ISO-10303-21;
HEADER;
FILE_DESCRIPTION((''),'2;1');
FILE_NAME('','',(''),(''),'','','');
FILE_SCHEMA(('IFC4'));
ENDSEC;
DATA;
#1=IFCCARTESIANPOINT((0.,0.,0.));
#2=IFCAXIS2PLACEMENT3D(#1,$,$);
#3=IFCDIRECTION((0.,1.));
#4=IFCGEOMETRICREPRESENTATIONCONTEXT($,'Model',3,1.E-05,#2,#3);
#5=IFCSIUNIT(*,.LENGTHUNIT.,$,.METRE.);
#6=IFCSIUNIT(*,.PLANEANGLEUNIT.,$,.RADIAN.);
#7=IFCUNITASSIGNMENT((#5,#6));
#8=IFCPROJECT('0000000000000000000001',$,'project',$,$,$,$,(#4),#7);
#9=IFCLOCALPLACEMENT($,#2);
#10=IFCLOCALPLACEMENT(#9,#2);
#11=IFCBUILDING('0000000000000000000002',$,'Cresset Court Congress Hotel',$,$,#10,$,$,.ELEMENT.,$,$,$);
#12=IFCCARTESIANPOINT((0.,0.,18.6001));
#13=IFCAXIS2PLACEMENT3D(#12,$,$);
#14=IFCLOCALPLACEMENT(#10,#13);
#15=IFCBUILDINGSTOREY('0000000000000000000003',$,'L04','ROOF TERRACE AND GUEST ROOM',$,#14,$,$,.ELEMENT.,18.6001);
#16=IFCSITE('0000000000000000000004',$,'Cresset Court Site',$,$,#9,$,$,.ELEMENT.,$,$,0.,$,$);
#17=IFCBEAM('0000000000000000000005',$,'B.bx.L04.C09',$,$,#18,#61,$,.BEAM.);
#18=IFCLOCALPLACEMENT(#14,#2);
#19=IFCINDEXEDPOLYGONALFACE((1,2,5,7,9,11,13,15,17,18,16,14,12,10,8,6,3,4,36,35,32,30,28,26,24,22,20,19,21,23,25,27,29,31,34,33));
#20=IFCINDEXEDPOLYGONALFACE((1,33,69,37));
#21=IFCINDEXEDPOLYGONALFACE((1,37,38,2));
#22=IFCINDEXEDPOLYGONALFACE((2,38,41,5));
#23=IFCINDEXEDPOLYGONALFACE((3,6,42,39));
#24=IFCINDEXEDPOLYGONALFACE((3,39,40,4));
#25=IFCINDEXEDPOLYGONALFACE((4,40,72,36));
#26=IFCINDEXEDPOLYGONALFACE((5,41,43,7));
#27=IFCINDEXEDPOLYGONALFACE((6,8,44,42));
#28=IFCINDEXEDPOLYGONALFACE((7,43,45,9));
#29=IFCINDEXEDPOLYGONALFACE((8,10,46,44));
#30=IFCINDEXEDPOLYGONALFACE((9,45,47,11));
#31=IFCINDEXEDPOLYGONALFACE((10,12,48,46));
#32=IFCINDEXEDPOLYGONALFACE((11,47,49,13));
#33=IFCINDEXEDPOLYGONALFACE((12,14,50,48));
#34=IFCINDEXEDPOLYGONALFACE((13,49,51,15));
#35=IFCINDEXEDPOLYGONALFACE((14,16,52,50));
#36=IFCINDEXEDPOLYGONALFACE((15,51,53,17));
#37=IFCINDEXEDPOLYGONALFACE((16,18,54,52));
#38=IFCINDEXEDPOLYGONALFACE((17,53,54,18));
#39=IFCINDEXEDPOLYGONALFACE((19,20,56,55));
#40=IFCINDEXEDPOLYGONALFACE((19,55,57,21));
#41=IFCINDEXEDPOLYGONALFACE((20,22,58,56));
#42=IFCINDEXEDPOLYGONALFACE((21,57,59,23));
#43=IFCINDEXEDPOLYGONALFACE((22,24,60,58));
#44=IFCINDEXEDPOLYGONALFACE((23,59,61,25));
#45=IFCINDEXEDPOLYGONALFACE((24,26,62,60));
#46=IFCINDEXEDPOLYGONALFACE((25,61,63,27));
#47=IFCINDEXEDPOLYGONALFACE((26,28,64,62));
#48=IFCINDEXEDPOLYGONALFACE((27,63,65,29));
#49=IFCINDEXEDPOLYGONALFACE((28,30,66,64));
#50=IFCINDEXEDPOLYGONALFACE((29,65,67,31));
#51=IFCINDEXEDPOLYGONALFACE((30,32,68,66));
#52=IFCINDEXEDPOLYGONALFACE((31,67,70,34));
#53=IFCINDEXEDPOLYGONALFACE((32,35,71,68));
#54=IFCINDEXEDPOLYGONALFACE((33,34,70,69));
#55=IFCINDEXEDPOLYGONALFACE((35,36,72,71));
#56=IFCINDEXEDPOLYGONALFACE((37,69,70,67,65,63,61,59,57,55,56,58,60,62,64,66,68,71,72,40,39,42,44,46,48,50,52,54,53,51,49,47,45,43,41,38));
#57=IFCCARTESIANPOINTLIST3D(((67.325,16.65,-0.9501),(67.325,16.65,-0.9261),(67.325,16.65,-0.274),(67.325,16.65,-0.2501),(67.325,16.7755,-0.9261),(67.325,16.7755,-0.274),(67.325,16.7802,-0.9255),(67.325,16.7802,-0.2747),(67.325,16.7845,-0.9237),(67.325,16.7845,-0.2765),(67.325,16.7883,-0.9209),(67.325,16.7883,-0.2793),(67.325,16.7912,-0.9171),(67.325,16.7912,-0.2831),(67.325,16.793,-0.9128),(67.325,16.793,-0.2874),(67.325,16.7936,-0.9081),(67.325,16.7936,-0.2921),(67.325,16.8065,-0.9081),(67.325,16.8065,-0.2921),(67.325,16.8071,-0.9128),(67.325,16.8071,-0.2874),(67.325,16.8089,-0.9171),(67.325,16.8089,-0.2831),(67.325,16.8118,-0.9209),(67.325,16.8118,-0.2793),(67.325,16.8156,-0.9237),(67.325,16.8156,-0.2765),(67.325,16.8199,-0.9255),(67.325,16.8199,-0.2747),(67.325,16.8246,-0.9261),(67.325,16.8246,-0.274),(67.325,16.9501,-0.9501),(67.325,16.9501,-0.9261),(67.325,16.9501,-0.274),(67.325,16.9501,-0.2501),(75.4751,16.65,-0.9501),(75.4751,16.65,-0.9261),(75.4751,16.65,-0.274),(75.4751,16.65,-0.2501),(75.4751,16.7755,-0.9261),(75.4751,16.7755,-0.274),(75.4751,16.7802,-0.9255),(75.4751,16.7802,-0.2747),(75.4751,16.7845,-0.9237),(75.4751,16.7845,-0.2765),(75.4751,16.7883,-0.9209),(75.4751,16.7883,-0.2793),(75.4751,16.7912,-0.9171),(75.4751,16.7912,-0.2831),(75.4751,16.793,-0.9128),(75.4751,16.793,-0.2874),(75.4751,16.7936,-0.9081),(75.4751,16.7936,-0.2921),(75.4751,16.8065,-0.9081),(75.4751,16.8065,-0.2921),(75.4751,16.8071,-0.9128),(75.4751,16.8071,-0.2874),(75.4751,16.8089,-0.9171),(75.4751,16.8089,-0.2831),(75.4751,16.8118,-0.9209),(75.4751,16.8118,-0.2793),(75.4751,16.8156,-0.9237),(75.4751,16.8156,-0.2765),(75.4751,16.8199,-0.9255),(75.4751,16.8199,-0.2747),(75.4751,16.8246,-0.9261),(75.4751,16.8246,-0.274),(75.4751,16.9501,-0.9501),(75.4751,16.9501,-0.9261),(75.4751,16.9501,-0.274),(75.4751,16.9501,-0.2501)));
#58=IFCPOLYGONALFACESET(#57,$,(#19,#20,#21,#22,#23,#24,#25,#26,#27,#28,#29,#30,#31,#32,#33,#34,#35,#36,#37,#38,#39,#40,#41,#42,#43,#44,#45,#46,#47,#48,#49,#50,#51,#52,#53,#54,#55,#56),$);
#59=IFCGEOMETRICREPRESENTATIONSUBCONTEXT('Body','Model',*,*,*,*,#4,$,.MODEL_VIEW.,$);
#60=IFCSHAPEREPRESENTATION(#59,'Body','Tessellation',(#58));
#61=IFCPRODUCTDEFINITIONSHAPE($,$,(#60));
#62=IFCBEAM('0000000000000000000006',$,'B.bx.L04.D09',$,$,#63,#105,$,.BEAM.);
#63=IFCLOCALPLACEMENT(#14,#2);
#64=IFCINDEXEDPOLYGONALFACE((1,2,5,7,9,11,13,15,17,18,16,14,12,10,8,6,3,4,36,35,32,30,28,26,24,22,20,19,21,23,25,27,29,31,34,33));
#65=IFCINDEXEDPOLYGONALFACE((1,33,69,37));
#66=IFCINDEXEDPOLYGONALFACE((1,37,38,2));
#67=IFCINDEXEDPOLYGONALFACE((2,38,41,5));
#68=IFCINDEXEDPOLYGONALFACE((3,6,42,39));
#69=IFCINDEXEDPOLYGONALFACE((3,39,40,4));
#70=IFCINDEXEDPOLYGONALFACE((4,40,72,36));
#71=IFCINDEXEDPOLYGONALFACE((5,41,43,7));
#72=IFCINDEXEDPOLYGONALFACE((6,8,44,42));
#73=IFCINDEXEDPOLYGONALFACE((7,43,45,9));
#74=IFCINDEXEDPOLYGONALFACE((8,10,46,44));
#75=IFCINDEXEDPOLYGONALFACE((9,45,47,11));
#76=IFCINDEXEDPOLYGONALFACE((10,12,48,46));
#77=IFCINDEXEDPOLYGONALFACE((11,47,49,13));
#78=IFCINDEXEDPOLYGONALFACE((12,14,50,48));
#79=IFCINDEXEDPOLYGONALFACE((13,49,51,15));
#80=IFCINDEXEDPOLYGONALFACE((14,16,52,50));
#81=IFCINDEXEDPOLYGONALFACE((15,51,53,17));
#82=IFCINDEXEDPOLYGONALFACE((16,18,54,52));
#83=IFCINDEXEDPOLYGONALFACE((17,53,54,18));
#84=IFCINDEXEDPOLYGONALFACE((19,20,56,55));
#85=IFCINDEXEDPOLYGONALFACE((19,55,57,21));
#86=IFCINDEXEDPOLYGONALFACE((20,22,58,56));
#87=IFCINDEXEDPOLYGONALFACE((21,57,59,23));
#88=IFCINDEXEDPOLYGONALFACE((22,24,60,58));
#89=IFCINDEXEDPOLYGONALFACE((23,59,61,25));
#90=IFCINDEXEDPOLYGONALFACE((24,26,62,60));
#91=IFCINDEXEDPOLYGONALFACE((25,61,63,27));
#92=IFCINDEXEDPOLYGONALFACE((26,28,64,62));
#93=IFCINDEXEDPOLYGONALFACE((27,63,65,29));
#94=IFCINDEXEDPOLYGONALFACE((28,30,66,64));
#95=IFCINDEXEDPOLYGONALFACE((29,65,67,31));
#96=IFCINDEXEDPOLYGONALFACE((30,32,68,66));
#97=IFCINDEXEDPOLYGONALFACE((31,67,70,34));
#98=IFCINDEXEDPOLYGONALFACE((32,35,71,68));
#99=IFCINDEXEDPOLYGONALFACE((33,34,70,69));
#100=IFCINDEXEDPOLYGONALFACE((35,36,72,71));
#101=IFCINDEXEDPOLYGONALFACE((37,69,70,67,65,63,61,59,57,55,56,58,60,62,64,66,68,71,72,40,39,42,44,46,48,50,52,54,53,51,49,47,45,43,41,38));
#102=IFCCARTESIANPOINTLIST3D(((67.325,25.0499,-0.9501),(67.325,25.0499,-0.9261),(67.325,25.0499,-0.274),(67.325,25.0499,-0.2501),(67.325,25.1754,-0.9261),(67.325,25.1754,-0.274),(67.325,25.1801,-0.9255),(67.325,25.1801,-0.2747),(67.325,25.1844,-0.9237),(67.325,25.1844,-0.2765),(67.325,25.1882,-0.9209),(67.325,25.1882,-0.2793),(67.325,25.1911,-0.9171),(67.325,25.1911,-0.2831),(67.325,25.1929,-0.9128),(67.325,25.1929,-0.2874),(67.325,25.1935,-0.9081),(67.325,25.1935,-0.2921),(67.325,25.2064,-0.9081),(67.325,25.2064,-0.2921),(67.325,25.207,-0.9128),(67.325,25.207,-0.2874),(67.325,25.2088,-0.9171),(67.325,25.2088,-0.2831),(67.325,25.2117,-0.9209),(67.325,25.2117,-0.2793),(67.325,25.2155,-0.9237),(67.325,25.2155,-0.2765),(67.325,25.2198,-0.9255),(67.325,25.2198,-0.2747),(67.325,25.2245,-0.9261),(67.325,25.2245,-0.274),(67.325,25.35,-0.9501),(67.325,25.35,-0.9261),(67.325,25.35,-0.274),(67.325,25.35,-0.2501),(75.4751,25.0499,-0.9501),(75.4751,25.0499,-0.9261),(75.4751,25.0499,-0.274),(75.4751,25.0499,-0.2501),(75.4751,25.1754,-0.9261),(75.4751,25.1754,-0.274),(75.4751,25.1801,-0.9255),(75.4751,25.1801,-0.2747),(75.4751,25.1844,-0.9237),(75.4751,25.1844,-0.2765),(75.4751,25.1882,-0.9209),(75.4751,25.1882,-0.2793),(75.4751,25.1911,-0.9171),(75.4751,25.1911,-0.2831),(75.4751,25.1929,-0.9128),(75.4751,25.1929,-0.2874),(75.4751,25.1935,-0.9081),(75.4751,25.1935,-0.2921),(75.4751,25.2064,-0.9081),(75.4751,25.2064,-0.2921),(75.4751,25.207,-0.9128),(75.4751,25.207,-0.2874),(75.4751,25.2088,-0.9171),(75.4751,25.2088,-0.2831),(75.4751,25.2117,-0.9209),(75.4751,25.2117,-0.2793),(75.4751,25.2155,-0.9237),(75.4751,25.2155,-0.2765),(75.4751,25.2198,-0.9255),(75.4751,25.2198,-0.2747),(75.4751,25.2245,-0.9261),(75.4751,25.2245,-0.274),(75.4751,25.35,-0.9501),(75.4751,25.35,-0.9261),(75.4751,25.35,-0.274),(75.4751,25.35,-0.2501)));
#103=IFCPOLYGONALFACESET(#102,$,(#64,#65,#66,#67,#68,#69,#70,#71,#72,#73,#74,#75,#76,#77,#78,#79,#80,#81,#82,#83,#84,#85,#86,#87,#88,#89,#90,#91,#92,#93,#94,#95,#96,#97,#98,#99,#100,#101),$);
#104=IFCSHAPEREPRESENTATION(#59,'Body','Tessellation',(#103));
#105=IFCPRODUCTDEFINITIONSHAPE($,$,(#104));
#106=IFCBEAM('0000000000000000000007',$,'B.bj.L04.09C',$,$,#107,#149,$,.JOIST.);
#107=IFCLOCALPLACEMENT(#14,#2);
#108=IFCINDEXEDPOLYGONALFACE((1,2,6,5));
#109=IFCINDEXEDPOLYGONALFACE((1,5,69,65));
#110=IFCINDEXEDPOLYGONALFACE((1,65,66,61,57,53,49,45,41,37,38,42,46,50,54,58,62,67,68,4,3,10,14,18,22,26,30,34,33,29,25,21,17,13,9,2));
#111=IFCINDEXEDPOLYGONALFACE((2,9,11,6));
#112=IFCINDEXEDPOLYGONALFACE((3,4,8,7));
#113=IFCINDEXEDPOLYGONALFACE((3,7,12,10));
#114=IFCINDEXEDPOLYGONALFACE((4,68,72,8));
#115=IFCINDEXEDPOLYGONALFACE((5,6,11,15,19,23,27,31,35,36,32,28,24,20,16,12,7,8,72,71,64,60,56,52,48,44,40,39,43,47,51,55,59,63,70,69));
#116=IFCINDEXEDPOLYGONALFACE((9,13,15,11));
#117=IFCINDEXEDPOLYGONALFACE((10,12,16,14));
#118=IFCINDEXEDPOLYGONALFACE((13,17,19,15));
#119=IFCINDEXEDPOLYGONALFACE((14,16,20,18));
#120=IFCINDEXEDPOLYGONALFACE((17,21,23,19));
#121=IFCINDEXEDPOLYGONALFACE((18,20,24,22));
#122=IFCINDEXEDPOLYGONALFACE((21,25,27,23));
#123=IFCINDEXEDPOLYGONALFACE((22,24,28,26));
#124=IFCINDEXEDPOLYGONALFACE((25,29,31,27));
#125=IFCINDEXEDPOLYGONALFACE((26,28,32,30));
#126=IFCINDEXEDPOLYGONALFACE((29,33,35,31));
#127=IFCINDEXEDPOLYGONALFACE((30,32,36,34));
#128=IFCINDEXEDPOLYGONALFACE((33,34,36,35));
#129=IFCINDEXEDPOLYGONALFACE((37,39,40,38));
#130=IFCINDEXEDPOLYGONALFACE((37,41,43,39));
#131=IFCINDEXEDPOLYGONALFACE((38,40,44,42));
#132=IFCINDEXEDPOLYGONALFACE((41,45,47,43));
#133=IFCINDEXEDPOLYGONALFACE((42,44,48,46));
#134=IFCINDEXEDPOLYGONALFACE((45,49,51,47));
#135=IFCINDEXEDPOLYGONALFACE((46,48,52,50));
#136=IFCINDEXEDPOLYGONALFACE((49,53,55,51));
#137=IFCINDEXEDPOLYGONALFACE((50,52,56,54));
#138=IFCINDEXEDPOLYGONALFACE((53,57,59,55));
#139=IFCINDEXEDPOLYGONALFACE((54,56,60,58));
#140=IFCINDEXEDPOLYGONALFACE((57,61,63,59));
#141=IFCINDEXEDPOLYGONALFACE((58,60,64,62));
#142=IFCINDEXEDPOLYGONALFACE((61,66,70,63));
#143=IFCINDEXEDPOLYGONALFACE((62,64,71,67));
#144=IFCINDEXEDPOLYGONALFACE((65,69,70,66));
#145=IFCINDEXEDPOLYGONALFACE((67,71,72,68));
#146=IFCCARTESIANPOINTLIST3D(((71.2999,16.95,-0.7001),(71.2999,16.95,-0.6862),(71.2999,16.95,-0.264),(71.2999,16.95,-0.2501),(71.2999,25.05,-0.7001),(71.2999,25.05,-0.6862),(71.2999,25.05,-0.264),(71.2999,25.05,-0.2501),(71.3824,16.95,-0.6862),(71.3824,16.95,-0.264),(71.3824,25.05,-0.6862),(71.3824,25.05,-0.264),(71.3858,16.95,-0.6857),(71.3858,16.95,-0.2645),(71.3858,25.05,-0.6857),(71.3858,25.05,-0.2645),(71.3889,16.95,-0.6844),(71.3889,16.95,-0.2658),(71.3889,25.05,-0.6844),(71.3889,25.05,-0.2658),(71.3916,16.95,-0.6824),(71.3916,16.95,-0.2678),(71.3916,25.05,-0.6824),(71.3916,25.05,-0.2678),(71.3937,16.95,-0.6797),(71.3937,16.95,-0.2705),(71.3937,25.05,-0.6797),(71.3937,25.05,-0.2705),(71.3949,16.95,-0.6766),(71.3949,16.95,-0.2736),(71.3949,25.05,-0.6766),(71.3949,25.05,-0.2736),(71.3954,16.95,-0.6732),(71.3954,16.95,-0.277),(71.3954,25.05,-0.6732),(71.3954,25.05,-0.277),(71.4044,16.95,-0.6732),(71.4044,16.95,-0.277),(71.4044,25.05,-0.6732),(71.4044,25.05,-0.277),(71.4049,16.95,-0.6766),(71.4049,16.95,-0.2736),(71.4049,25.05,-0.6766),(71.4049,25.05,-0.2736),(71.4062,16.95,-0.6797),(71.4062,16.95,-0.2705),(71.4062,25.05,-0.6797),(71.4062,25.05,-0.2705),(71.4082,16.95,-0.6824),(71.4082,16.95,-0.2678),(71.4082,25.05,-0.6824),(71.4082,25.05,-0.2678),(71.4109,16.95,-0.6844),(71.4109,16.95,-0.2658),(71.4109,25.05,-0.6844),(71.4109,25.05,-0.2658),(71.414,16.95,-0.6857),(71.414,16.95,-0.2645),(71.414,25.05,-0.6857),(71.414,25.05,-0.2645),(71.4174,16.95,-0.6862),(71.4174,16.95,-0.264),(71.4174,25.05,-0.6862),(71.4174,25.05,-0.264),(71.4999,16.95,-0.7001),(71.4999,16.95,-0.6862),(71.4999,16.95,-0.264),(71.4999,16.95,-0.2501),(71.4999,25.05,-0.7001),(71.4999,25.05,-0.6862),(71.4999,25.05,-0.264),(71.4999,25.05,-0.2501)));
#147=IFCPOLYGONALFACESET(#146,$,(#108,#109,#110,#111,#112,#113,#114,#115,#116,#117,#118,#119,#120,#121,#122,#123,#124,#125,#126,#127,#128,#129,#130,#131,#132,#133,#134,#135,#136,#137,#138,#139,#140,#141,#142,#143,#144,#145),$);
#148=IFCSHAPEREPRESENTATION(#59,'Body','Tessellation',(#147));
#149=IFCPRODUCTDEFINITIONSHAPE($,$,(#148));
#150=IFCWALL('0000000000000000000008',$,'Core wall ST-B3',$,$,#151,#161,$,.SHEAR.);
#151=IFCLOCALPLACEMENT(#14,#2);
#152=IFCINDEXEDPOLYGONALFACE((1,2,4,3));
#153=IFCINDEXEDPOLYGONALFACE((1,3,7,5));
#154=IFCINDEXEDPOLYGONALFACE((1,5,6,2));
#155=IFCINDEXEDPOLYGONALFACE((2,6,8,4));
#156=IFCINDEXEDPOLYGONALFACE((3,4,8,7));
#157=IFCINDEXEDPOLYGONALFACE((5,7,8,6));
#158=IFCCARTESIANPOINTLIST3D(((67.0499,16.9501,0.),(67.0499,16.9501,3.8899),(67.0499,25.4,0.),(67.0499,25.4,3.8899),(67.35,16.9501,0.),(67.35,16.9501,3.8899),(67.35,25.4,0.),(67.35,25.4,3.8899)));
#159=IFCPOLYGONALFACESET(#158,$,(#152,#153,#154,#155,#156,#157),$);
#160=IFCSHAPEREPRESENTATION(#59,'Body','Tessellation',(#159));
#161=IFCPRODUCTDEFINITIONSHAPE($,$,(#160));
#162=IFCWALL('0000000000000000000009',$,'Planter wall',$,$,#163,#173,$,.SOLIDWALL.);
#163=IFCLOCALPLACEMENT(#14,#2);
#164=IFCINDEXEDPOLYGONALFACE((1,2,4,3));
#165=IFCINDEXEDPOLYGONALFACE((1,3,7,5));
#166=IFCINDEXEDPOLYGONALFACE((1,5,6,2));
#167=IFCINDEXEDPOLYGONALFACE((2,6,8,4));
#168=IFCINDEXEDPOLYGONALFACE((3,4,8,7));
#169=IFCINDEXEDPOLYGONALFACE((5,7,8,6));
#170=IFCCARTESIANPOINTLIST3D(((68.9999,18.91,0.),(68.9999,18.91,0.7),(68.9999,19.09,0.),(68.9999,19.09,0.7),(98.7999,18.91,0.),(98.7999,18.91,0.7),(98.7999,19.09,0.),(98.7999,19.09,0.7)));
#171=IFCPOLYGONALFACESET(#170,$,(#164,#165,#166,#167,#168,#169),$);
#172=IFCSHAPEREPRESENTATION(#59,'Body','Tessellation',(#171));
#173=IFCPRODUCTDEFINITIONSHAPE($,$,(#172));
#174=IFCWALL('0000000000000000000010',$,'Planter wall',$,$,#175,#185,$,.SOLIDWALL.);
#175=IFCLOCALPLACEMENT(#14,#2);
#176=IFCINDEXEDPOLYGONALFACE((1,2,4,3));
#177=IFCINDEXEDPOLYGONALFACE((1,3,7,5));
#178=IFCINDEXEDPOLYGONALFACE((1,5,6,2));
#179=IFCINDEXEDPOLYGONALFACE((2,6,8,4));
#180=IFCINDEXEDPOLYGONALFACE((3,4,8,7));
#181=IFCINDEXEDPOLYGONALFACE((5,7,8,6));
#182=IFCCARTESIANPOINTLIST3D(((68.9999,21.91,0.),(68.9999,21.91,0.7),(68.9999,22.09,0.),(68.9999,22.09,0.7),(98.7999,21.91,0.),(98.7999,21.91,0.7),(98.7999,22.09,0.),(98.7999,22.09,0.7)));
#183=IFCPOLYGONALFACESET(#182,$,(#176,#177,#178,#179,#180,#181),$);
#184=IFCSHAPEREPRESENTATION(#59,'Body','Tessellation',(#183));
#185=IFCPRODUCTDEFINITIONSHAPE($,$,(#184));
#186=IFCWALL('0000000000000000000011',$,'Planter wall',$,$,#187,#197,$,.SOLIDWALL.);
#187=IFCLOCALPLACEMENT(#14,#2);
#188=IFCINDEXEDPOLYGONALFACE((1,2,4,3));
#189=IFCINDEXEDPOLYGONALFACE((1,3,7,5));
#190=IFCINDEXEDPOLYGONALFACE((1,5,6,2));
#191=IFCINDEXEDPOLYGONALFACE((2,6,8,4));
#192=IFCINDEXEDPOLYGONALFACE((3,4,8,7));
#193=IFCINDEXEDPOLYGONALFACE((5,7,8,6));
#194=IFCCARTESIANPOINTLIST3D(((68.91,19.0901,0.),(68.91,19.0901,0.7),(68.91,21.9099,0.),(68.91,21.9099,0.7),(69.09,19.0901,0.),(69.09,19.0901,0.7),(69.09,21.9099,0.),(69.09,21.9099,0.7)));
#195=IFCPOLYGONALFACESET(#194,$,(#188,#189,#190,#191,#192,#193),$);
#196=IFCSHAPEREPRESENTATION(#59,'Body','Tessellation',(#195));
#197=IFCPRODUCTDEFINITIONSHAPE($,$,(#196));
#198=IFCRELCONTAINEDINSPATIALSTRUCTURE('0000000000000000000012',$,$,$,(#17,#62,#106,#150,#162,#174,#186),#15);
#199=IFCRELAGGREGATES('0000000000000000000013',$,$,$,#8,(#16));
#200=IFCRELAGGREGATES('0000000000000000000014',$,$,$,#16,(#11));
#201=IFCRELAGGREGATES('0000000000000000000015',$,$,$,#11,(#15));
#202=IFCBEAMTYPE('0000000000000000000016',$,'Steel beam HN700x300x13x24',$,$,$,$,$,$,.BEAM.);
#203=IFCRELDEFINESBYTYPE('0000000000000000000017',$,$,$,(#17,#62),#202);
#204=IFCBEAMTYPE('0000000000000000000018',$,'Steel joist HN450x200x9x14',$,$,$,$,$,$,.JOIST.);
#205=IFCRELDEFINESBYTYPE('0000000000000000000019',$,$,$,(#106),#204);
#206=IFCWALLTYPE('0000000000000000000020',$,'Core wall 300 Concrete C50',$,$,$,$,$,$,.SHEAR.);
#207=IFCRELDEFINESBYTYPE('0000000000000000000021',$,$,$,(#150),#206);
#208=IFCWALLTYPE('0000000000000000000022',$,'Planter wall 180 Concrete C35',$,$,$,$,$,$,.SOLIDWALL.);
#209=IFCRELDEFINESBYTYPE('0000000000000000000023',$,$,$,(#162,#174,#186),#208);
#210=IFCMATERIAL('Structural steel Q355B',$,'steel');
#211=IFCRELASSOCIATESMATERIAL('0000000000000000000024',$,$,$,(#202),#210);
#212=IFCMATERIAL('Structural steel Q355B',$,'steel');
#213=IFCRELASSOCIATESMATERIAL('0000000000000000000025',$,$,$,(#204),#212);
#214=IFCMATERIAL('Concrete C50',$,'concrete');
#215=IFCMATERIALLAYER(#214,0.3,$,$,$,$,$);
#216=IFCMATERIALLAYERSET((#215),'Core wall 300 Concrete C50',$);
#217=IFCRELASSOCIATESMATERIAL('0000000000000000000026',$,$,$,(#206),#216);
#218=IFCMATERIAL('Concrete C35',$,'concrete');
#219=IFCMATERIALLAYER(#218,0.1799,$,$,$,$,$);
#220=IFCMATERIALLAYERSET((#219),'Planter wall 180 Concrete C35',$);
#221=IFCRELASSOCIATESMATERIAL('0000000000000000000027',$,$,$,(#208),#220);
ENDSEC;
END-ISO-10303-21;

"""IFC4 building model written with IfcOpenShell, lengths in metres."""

from ifc_helpers import new_model, si_unit, direction, frame, frame_2d, origin, origin_2d, place, context, subcontext, project, spatial, rectangle, i_section, extrude, material, layer, layer_set, material_profile, profile_set, type_object, element, save


model = new_model("IFC4")

# Units and contexts
model_context = context("Model", 3, precision=1e-05, world=origin(), true_north=direction((0.0, 1.0)))
body_context = subcontext(model_context, "Body", "Model", "MODEL_VIEW")
ifc_project = project(units=[si_unit("LENGTHUNIT", "METRE"), si_unit("PLANEANGLEUNIT", "RADIAN")], contexts=[model_context])

# Site, building, storey
site_placement = place(None, origin())
site = spatial("IfcSite", under=ifc_project, at=site_placement, Name="Cresset Court Site", CompositionType="ELEMENT", RefElevation=0.0)
building_placement = place(site_placement, origin())
building = spatial("IfcBuilding", under=site, at=building_placement, Name="Cresset Court Congress Hotel", CompositionType="ELEMENT")
storey_placement = place(building_placement, frame((0.0, 0.0, 18.6001)))
storey = spatial("IfcBuildingStorey", under=building, at=storey_placement, Name="L04", Description="ROOF TERRACE AND GUEST ROOM", CompositionType="ELEMENT", Elevation=18.6001)

# Beams
ifc_material_1 = material(Name="Structural steel Q355B", Category="steel")
ifc_material_profile_1 = material_profile(ifc_material_1, i_section(OverallWidth=0.3, OverallDepth=0.7, WebThickness=0.0129, FlangeThickness=0.0239, FilletRadius=0.0181, at=origin_2d()), Name="HN700x300x13x24")
ifc_profile_set_1 = profile_set([ifc_material_profile_1], Name="Structural steel Q355B")
beam_type_1 = type_object("IfcBeamType", Name="Steel beam HN700x300x13x24", PredefinedType="BEAM", material=ifc_profile_set_1)
for number, where, z_axis, x_axis, name in (
    (1, (67.325, 16.8, -0.6001), (1.0, 0.0, 0.0), (0.0, 1.0, 0.0), "B.bx.L04.C09"),
    (2, (67.325, 25.2, -0.6001), (1.0, 0.0, 0.0), (0.0, 1.0, 0.0), "B.bx.L04.D09"),
):
    element("IfcBeam", number, at=place(storey_placement, frame(where, z_axis=z_axis, x_axis=x_axis)), inside=storey, type_object=beam_type_1, Name=name, PredefinedType="BEAM", context=body_context, shape_type="SweptSolid", body=[
        extrude(i_section(OverallWidth=0.3, OverallDepth=0.7, WebThickness=0.0129, FlangeThickness=0.0239, FilletRadius=0.0181, at=origin_2d()), origin(), (0.0, 0.0, 1.0), 8.1501),
    ])
ifc_material_2 = material(Name="Structural steel Q355B", Category="steel")
ifc_material_profile_2 = material_profile(ifc_material_2, i_section(OverallWidth=0.2, OverallDepth=0.45, WebThickness=0.009, FlangeThickness=0.0139, FilletRadius=0.0129, at=origin_2d()), Name="HN450x200x9x14")
ifc_profile_set_2 = profile_set([ifc_material_profile_2], Name="Structural steel Q355B")
beam_type_2 = type_object("IfcBeamType", Name="Steel joist HN450x200x9x14", PredefinedType="JOIST", material=ifc_profile_set_2)
beam_placement = place(storey_placement, frame((71.3999, 16.95, -0.4751), z_axis=(0.0, 1.0, 0.0), x_axis=(-1.0, 0.0, 0.0)))
element("IfcBeam", 3, at=beam_placement, inside=storey, type_object=beam_type_2, Name="B.bj.L04.09C", PredefinedType="JOIST", context=body_context, shape_type="SweptSolid", body=[
    extrude(i_section(OverallWidth=0.2, OverallDepth=0.45, WebThickness=0.009, FlangeThickness=0.0139, FilletRadius=0.0129, at=origin_2d()), origin(), (0.0, 0.0, 1.0), 8.1001),
])

# Walls
ifc_material_3 = material(Name="Concrete C50", Category="concrete")
ifc_layer_1 = layer(ifc_material_3, 0.3)
ifc_layer_set_1 = layer_set([ifc_layer_1], Name="Core wall 300 Concrete C50")
wall_type_1 = type_object("IfcWallType", Name="Core wall 300 Concrete C50", PredefinedType="SHEAR", material=ifc_layer_set_1)
wall_1_placement = place(storey_placement, frame((67.2, 16.95, 0.0), z_axis=(0.0, 0.0, 1.0), x_axis=(0.0, 1.0, 0.0)))
element("IfcWall", 4, at=wall_1_placement, inside=storey, type_object=wall_type_1, Name="Core wall ST-B3", PredefinedType="SHEAR", context=body_context, shape_type="SweptSolid", body=[
    extrude(rectangle(XDim=8.45, YDim=0.3, at=frame_2d((4.2251, 0.0))), origin(), (0.0, 0.0, 1.0), 3.8899),
])
ifc_material_4 = material(Name="Concrete C35", Category="concrete")
ifc_layer_2 = layer(ifc_material_4, 0.1799)
ifc_layer_set_2 = layer_set([ifc_layer_2], Name="Planter wall 180 Concrete C35")
wall_type_2 = type_object("IfcWallType", Name="Planter wall 180 Concrete C35", PredefinedType="SOLIDWALL", material=ifc_layer_set_2)
for number, where, z_axis, x_axis, name in (
    (5, (69.0, 19.0, 0.0), (0.0, 0.0, 1.0), (1.0, 0.0, 0.0), "Planter wall"),
    (6, (69.0, 22.0, 0.0), (0.0, 0.0, 1.0), (1.0, 0.0, 0.0), "Planter wall"),
):
    element("IfcWall", number, at=place(storey_placement, frame(where, z_axis=z_axis, x_axis=x_axis)), inside=storey, type_object=wall_type_2, Name=name, PredefinedType="SOLIDWALL", context=body_context, shape_type="SweptSolid", body=[
        extrude(rectangle(XDim=29.8, YDim=0.1799, at=frame_2d((14.8999, 0.0))), origin(), (0.0, 0.0, 1.0), 0.7),
    ])
wall_2_placement = place(storey_placement, frame((69.0, 19.0901, 0.0), z_axis=(0.0, 0.0, 1.0), x_axis=(0.0, 1.0, 0.0)))
element("IfcWall", 7, at=wall_2_placement, inside=storey, type_object=wall_type_2, Name="Planter wall", PredefinedType="SOLIDWALL", context=body_context, shape_type="SweptSolid", body=[
    extrude(rectangle(XDim=2.8198, YDim=0.1799, at=frame_2d((1.4099, 0.0))), origin(), (0.0, 0.0, 1.0), 0.7),
])

save(model, "model.ifc")
